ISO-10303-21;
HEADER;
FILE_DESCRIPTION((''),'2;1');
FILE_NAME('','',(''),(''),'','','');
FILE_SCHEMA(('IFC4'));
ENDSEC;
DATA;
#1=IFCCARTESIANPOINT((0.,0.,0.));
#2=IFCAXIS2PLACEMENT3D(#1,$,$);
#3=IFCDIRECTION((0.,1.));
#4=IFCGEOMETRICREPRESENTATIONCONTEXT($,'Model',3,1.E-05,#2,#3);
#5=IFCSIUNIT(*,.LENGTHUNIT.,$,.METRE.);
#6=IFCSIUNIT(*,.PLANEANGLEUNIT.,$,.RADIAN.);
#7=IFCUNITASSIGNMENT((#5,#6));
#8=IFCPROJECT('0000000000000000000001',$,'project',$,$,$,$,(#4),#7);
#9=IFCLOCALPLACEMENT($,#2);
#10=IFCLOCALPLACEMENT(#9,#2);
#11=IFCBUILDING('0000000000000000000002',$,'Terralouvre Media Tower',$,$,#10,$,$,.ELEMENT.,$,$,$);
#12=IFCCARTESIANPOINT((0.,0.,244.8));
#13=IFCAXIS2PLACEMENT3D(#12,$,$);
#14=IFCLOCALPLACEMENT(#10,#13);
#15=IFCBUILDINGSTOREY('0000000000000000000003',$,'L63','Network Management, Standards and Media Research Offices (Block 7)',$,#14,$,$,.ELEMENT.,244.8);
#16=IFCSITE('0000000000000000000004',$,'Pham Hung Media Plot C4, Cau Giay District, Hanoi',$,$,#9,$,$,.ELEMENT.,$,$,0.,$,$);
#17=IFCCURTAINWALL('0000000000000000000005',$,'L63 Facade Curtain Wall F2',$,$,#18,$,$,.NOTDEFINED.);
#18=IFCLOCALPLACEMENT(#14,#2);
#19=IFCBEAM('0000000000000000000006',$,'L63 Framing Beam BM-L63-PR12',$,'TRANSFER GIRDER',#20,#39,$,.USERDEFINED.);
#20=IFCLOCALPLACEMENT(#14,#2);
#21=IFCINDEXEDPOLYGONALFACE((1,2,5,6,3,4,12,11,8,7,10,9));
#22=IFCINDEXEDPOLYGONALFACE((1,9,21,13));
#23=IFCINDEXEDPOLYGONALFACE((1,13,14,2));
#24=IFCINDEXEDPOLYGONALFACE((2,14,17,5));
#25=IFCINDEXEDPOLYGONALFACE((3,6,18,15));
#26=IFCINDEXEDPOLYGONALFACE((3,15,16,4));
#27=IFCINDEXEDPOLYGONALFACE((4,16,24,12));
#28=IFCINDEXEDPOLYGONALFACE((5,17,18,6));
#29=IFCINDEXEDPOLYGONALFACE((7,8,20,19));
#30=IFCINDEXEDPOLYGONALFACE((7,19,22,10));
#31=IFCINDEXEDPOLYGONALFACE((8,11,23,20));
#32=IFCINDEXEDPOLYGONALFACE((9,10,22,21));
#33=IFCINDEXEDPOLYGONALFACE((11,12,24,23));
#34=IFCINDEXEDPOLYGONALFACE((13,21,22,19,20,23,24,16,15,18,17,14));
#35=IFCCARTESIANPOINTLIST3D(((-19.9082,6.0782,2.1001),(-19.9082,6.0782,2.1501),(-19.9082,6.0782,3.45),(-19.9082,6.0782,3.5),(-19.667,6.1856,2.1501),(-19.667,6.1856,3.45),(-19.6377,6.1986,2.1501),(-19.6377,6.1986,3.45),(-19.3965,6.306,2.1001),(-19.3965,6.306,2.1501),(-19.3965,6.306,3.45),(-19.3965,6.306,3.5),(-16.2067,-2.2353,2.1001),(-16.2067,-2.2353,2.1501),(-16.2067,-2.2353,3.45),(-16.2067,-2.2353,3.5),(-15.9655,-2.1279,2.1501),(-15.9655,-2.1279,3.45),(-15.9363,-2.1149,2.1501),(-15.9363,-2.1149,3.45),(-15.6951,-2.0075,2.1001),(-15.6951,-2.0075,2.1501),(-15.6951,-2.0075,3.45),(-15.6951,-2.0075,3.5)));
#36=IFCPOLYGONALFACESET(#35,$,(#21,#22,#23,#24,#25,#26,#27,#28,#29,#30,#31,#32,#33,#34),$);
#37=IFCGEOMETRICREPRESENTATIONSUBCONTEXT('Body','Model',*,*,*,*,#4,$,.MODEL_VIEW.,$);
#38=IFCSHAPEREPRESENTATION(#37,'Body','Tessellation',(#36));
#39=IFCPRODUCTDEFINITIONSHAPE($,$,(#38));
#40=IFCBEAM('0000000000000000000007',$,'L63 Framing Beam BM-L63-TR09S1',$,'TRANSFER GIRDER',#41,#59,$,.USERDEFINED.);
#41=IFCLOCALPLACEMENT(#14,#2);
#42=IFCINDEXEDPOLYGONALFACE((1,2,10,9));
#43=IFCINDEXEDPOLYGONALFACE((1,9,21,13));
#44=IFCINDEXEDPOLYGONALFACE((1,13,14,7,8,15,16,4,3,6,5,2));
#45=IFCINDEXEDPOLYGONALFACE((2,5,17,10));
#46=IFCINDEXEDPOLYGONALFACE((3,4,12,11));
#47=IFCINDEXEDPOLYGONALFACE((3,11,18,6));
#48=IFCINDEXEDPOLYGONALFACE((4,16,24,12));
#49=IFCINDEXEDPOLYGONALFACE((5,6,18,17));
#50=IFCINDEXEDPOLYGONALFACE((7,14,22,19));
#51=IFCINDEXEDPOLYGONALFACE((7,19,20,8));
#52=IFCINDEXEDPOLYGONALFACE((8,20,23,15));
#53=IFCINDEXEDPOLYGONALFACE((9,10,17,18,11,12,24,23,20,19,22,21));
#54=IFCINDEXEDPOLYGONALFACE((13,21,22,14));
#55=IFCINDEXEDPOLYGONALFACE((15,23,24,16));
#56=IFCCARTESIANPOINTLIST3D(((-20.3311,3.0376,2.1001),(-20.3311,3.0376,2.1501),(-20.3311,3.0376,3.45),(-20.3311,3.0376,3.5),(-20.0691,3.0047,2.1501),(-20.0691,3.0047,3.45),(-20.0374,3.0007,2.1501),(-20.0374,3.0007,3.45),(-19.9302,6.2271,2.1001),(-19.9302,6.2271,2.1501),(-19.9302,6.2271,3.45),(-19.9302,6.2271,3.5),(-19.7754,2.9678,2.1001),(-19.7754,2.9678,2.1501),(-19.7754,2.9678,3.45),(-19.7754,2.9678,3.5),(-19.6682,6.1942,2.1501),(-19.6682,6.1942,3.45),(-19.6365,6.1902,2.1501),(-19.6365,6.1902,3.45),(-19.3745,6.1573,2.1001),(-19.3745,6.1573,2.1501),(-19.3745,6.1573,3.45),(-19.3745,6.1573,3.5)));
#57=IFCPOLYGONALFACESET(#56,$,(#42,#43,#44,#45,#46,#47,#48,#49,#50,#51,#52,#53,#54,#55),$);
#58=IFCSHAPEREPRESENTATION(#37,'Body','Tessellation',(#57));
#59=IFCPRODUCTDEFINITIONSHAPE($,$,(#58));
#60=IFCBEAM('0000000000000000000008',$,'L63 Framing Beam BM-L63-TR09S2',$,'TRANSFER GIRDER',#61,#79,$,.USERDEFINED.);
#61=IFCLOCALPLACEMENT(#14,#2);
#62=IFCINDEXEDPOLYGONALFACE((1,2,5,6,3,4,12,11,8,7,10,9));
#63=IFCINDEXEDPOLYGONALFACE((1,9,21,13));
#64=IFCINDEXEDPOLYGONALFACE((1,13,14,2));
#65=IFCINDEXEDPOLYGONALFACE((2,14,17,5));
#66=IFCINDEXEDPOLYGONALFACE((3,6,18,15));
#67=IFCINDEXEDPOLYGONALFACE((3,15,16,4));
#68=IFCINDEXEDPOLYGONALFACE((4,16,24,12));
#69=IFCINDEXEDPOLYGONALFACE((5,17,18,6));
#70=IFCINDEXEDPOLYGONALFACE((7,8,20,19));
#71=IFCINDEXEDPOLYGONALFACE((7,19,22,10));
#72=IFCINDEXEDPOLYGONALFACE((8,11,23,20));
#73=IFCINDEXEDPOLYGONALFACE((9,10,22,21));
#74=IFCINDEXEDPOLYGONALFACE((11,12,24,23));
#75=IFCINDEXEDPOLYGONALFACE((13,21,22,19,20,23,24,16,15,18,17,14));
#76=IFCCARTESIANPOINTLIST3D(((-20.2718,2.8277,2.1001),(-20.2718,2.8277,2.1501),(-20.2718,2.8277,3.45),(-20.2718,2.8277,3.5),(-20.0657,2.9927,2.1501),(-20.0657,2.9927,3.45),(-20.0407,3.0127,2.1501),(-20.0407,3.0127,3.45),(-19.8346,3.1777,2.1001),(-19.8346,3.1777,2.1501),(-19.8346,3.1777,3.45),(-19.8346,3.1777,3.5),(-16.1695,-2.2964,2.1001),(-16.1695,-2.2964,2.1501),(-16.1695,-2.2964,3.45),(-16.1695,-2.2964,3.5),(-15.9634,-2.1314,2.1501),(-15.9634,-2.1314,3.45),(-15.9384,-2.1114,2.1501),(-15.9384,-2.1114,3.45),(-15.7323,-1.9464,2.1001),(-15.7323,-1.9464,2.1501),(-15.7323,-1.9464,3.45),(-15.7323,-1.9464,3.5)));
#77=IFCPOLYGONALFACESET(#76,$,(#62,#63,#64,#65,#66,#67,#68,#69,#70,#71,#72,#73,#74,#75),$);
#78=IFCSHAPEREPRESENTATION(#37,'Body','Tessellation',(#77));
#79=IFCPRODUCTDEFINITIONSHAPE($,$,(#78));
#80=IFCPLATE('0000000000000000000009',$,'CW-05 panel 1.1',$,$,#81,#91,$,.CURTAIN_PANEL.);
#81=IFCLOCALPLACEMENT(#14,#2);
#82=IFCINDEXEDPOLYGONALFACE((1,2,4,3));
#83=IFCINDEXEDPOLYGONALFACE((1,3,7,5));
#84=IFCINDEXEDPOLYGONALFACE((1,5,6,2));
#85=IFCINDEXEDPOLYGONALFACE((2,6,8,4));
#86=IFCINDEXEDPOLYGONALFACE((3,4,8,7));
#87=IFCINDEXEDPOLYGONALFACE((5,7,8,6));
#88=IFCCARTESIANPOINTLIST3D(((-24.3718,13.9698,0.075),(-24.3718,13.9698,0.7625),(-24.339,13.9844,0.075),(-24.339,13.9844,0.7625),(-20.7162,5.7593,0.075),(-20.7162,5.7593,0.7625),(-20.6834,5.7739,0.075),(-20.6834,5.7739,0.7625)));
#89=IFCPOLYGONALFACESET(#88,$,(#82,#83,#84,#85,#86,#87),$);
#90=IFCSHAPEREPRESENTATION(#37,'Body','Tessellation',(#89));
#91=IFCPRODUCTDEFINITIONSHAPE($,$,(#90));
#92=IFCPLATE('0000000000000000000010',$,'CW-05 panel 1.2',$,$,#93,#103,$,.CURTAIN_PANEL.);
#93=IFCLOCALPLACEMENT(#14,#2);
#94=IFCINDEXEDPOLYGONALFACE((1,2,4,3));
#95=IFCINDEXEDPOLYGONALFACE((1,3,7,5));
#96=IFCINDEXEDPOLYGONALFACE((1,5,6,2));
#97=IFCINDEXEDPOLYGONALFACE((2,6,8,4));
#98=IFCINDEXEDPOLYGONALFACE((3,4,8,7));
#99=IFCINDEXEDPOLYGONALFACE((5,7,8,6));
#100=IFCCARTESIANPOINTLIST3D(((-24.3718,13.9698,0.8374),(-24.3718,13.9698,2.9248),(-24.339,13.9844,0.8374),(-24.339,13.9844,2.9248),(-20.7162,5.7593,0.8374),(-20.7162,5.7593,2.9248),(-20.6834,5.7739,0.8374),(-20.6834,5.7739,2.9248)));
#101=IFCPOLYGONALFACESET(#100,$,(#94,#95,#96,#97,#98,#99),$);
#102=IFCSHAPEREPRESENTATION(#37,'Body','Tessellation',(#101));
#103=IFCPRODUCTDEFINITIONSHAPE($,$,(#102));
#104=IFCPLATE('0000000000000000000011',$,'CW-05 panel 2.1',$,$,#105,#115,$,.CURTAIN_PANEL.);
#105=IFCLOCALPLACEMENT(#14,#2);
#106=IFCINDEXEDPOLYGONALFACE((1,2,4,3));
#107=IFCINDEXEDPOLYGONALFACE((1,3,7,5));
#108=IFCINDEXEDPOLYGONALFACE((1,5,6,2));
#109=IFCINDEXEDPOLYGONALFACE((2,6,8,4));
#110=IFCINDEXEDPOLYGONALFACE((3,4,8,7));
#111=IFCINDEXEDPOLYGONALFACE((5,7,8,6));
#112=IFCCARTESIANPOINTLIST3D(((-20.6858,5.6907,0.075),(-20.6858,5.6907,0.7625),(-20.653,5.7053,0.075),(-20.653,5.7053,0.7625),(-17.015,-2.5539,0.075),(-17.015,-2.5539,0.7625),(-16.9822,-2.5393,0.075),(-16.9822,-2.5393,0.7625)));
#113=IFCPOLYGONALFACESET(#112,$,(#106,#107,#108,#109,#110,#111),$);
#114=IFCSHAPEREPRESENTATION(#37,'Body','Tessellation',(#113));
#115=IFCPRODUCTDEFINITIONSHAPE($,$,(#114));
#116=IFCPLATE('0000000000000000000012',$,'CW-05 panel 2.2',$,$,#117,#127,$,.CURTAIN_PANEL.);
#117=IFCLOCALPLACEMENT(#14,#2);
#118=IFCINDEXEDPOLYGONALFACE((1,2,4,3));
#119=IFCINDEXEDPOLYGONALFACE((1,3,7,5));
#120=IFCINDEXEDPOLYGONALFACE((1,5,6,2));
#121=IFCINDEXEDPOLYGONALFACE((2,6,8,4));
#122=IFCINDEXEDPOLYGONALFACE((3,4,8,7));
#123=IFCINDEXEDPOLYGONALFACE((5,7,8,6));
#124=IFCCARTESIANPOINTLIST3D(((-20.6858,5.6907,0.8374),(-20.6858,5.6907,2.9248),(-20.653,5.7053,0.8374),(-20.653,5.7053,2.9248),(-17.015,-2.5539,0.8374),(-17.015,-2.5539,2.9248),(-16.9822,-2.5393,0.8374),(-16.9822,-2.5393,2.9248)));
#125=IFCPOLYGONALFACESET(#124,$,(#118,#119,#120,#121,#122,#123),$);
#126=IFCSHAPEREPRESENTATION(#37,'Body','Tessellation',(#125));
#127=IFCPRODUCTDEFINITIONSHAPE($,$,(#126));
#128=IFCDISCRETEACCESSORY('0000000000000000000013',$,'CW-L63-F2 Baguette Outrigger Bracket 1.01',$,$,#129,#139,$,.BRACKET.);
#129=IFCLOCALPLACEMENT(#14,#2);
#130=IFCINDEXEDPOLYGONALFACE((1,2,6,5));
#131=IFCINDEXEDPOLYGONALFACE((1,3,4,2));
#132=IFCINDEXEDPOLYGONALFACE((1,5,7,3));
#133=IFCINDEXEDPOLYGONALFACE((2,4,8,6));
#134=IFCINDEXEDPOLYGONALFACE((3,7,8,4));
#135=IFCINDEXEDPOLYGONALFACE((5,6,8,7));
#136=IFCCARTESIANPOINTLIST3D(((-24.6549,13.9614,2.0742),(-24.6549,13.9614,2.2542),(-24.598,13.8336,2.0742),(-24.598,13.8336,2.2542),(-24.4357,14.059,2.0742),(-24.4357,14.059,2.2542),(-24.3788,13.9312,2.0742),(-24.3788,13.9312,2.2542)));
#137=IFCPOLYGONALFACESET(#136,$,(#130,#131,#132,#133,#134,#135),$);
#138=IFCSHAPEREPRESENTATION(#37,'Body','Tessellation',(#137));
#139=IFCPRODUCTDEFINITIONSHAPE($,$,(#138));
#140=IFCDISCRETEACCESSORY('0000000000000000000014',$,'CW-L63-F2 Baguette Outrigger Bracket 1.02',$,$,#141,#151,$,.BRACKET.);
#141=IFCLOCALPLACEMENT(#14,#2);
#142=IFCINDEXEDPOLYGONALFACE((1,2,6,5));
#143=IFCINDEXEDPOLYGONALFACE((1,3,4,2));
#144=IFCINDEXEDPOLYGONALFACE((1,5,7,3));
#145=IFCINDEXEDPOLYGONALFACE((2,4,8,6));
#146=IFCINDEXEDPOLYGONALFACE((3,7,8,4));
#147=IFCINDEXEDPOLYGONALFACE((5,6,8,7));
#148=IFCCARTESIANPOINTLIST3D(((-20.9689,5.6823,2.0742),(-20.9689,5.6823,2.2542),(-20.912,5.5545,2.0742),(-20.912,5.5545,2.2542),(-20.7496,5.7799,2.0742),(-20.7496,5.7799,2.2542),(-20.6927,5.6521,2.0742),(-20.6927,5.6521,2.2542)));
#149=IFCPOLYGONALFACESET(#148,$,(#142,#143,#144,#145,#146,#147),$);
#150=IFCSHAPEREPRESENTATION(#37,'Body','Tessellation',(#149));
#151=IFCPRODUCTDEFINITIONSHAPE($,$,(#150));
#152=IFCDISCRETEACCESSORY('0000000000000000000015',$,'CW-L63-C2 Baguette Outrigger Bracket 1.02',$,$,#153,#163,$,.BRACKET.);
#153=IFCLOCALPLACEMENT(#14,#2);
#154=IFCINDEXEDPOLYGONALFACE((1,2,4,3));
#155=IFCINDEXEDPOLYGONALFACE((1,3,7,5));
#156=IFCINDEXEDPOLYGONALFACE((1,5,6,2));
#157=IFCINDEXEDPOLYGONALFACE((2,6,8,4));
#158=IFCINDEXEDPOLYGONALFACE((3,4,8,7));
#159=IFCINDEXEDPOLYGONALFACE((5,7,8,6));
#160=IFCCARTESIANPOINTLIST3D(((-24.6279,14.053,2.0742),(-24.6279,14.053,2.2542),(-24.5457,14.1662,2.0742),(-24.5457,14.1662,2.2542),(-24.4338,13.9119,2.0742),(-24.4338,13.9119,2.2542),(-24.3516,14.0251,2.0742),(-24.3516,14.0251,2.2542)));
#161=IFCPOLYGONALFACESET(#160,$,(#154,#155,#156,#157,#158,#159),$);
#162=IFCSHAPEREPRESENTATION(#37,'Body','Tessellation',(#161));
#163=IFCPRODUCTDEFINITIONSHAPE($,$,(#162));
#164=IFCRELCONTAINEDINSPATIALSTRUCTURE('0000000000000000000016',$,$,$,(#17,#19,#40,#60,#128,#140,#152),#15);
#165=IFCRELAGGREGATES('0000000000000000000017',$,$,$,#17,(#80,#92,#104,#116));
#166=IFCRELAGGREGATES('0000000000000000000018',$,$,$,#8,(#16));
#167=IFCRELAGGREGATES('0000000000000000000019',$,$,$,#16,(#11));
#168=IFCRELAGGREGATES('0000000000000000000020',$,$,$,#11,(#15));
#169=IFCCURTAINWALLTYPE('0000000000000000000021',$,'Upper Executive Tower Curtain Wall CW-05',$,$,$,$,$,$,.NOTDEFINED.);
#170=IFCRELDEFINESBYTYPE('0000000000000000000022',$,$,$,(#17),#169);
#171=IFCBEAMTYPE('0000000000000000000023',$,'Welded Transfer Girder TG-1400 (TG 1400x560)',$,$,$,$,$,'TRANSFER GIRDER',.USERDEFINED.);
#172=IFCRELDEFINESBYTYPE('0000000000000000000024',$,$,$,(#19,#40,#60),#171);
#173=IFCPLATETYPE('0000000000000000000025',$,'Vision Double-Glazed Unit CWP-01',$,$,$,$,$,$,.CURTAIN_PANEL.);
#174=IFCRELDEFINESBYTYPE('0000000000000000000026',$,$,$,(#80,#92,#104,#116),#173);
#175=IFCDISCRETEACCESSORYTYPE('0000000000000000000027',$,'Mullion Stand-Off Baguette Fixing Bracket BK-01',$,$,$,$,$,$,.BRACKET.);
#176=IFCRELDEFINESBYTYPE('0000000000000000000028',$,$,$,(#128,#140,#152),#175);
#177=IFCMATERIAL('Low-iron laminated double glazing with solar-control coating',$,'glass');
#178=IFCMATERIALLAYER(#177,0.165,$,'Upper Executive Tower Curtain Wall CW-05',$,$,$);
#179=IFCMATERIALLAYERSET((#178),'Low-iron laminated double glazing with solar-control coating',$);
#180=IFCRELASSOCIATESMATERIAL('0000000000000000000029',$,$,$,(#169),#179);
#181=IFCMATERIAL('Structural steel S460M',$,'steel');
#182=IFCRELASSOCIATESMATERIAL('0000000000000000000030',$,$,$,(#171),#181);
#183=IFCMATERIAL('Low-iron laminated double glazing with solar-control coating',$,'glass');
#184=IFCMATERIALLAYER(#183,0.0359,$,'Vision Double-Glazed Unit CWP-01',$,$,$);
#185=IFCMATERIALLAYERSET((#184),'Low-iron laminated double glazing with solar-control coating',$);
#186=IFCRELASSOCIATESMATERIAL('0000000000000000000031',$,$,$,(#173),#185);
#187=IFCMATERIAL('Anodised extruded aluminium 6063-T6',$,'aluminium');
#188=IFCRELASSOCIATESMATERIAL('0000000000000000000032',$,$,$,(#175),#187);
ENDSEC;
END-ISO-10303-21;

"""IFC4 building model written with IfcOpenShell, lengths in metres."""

from ifc_helpers import new_model, si_unit, direction, frame, origin, origin_2d, place, context, subcontext, project, spatial, rectangle, i_section, extrude, material, layer, layer_set, material_profile, profile_set, type_object, element, aggregate, save


model = new_model("IFC4")

# Units and contexts
model_context = context("Model", 3, precision=1e-05, world=origin(), true_north=direction((0.0, 1.0)))
body_context = subcontext(model_context, "Body", "Model", "MODEL_VIEW")
ifc_project = project(units=[si_unit("LENGTHUNIT", "METRE"), si_unit("PLANEANGLEUNIT", "RADIAN")], contexts=[model_context])

# Site, building, storey
site_placement = place(None, origin())
site = spatial("IfcSite", under=ifc_project, at=site_placement, Name="Pham Hung Media Plot C4, Cau Giay District, Hanoi", CompositionType="ELEMENT", RefElevation=0.0)
building_placement = place(site_placement, origin())
building = spatial("IfcBuilding", under=site, at=building_placement, Name="Terralouvre Media Tower", CompositionType="ELEMENT")
storey_placement = place(building_placement, frame((0.0, 0.0, 244.8)))
storey = spatial("IfcBuildingStorey", under=building, at=storey_placement, Name="L63", Description="Network Management, Standards and Media Research Offices (Block 7)", CompositionType="ELEMENT", Elevation=244.8)

# Curtain wall
ifc_material_1 = material(Name="Low-iron laminated double glazing with solar-control coating", Category="glass")
ifc_layer_1 = layer(ifc_material_1, 0.165, Name="Upper Executive Tower Curtain Wall CW-05")
ifc_layer_set_1 = layer_set([ifc_layer_1], Name="Low-iron laminated double glazing with solar-control coating")
curtain_wall_type_1 = type_object("IfcCurtainWallType", Name="Upper Executive Tower Curtain Wall CW-05", PredefinedType="NOTDEFINED", material=ifc_layer_set_1)
curtain_wall_1_placement = place(storey_placement, origin())
curtain_wall_1 = element("IfcCurtainWall", 1, at=curtain_wall_1_placement, inside=storey, type_object=curtain_wall_type_1, Name="L63 Facade Curtain Wall F2", PredefinedType="NOTDEFINED")

# Beams
ifc_material_2 = material(Name="Structural steel S460M", Category="steel")
ifc_material_profile_1 = material_profile(ifc_material_2, i_section(OverallWidth=0.5601, OverallDepth=1.3999, WebThickness=0.032, FlangeThickness=0.05, at=origin_2d()), Name="TG 1400x560")
ifc_profile_set_1 = profile_set([ifc_material_profile_1], Name="Structural steel S460M")
beam_type_1 = type_object("IfcBeamType", Name="Welded Transfer Girder TG-1400 (TG 1400x560)", ElementType="TRANSFER GIRDER", PredefinedType="USERDEFINED", material=ifc_profile_set_1)
beam_1_placement = place(storey_placement, frame((-19.6523, 6.1921, 2.8), z_axis=(0.406738, -0.913545, 0.0), x_axis=(0.913545, 0.406738, 0.0)))
element("IfcBeam", 2, at=beam_1_placement, inside=storey, type_object=beam_type_1, Name="L63 Framing Beam BM-L63-PR12", ObjectType="TRANSFER GIRDER", PredefinedType="USERDEFINED", context=body_context, shape_type="SweptSolid", body=[
    extrude(i_section(OverallWidth=0.5601, OverallDepth=1.3999, WebThickness=0.032, FlangeThickness=0.05, at=origin_2d()), origin(), (0.0, 0.0, 1.0), 9.1003),
])
beam_2_placement = place(storey_placement, frame((-20.0532, 3.0027, 2.8), z_axis=(0.124708, 0.992194, 0.0), x_axis=(-0.992194, 0.124708, 0.0)))
element("IfcBeam", 3, at=beam_2_placement, inside=storey, type_object=beam_type_1, Name="L63 Framing Beam BM-L63-TR09S1", ObjectType="TRANSFER GIRDER", PredefinedType="USERDEFINED", context=body_context, shape_type="SweptSolid", body=[
    extrude(i_section(OverallWidth=0.5601, OverallDepth=1.3999, WebThickness=0.032, FlangeThickness=0.05, at=origin_2d()), origin(), (0.0, 0.0, 1.0), 3.2146),
])
beam_3_placement = place(storey_placement, frame((-20.0532, 3.0027, 2.8), z_axis=(0.624981, -0.78064, 0.0), x_axis=(0.78064, 0.624981, 0.0)))
element("IfcBeam", 4, at=beam_3_placement, inside=storey, type_object=beam_type_1, Name="L63 Framing Beam BM-L63-TR09S2", ObjectType="TRANSFER GIRDER", PredefinedType="USERDEFINED", context=body_context, shape_type="SweptSolid", body=[
    extrude(i_section(OverallWidth=0.5601, OverallDepth=1.3999, WebThickness=0.032, FlangeThickness=0.05, at=origin_2d()), origin(), (0.0, 0.0, 1.0), 6.564),
])

# Plates
ifc_material_3 = material(Name="Low-iron laminated double glazing with solar-control coating", Category="glass")
ifc_layer_2 = layer(ifc_material_3, 0.0359, Name="Vision Double-Glazed Unit CWP-01")
ifc_layer_set_2 = layer_set([ifc_layer_2], Name="Low-iron laminated double glazing with solar-control coating")
plate_type = type_object("IfcPlateType", Name="Vision Double-Glazed Unit CWP-01", PredefinedType="CURTAIN_PANEL", material=ifc_layer_set_2)
plate_1_placement = place(storey_placement, frame((-22.5276, 9.8718, 0.075), z_axis=(0.0, 0.0, 1.0), x_axis=(0.406737, -0.913545, 0.0)))
plate_1 = element("IfcPlate", 5, at=plate_1_placement, type_object=plate_type, Name="CW-05 panel 1.1", PredefinedType="CURTAIN_PANEL", context=body_context, shape_type="SweptSolid", body=[
    extrude(rectangle(XDim=8.9875, YDim=0.0359, at=origin_2d()), origin(), (0.0, 0.0, 1.0), 0.6875),
])
plate_2_placement = place(storey_placement, frame((-22.5276, 9.8718, 0.8374), z_axis=(0.0, 0.0, 1.0), x_axis=(0.406737, -0.913545, 0.0)))
plate_2 = element("IfcPlate", 6, at=plate_2_placement, type_object=plate_type, Name="CW-05 panel 1.2", PredefinedType="CURTAIN_PANEL", context=body_context, shape_type="SweptSolid", body=[
    extrude(rectangle(XDim=8.9875, YDim=0.0359, at=origin_2d()), origin(), (0.0, 0.0, 1.0), 2.0874),
])
plate_3_placement = place(storey_placement, frame((-18.834, 1.5757, 0.075), z_axis=(0.0, 0.0, 1.0), x_axis=(0.406737, -0.913545, 0.0)))
plate_3 = element("IfcPlate", 7, at=plate_3_placement, type_object=plate_type, Name="CW-05 panel 2.1", PredefinedType="CURTAIN_PANEL", context=body_context, shape_type="SweptSolid", body=[
    extrude(rectangle(XDim=9.0249, YDim=0.0359, at=origin_2d()), origin(), (0.0, 0.0, 1.0), 0.6875),
])
plate_4_placement = place(storey_placement, frame((-18.834, 1.5757, 0.8374), z_axis=(0.0, 0.0, 1.0), x_axis=(0.406737, -0.913545, 0.0)))
plate_4 = element("IfcPlate", 8, at=plate_4_placement, type_object=plate_type, Name="CW-05 panel 2.2", PredefinedType="CURTAIN_PANEL", context=body_context, shape_type="SweptSolid", body=[
    extrude(rectangle(XDim=9.0249, YDim=0.0359, at=origin_2d()), origin(), (0.0, 0.0, 1.0), 2.0874),
])
aggregate(curtain_wall_1, [plate_1, plate_2, plate_3, plate_4])

# Discrete accessories
ifc_material_4 = material(Name="Anodised extruded aluminium 6063-T6", Category="aluminium")
discrete_accessory_type = type_object("IfcDiscreteAccessoryType", Name="Mullion Stand-Off Baguette Fixing Bracket BK-01", PredefinedType="BRACKET", material=ifc_material_4)
for number, where, z_axis, x_axis, name in (
    (9, (-24.5168, 13.9463, 2.0742), (0.0, 0.0, 1.0), (0.406737, -0.913545, 0.0), "CW-L63-F2 Baguette Outrigger Bracket 1.01"),
    (10, (-20.8308, 5.6672, 2.0742), (0.0, 0.0, 1.0), (0.406737, -0.913545, 0.0), "CW-L63-F2 Baguette Outrigger Bracket 1.02"),
    (11, (-24.4897, 14.0391, 2.0742), (0.0, 0.0, 1.0), (-0.587786, -0.809017, 0.0), "CW-L63-C2 Baguette Outrigger Bracket 1.02"),
):
    element("IfcDiscreteAccessory", number, at=place(storey_placement, frame(where, z_axis=z_axis, x_axis=x_axis)), inside=storey, type_object=discrete_accessory_type, Name=name, PredefinedType="BRACKET", context=body_context, shape_type="SweptSolid", body=[
        extrude(rectangle(XDim=0.1399, YDim=0.24, at=origin_2d()), origin(), (0.0, 0.0, 1.0), 0.1799),
    ])

save(model, "model.ifc")
